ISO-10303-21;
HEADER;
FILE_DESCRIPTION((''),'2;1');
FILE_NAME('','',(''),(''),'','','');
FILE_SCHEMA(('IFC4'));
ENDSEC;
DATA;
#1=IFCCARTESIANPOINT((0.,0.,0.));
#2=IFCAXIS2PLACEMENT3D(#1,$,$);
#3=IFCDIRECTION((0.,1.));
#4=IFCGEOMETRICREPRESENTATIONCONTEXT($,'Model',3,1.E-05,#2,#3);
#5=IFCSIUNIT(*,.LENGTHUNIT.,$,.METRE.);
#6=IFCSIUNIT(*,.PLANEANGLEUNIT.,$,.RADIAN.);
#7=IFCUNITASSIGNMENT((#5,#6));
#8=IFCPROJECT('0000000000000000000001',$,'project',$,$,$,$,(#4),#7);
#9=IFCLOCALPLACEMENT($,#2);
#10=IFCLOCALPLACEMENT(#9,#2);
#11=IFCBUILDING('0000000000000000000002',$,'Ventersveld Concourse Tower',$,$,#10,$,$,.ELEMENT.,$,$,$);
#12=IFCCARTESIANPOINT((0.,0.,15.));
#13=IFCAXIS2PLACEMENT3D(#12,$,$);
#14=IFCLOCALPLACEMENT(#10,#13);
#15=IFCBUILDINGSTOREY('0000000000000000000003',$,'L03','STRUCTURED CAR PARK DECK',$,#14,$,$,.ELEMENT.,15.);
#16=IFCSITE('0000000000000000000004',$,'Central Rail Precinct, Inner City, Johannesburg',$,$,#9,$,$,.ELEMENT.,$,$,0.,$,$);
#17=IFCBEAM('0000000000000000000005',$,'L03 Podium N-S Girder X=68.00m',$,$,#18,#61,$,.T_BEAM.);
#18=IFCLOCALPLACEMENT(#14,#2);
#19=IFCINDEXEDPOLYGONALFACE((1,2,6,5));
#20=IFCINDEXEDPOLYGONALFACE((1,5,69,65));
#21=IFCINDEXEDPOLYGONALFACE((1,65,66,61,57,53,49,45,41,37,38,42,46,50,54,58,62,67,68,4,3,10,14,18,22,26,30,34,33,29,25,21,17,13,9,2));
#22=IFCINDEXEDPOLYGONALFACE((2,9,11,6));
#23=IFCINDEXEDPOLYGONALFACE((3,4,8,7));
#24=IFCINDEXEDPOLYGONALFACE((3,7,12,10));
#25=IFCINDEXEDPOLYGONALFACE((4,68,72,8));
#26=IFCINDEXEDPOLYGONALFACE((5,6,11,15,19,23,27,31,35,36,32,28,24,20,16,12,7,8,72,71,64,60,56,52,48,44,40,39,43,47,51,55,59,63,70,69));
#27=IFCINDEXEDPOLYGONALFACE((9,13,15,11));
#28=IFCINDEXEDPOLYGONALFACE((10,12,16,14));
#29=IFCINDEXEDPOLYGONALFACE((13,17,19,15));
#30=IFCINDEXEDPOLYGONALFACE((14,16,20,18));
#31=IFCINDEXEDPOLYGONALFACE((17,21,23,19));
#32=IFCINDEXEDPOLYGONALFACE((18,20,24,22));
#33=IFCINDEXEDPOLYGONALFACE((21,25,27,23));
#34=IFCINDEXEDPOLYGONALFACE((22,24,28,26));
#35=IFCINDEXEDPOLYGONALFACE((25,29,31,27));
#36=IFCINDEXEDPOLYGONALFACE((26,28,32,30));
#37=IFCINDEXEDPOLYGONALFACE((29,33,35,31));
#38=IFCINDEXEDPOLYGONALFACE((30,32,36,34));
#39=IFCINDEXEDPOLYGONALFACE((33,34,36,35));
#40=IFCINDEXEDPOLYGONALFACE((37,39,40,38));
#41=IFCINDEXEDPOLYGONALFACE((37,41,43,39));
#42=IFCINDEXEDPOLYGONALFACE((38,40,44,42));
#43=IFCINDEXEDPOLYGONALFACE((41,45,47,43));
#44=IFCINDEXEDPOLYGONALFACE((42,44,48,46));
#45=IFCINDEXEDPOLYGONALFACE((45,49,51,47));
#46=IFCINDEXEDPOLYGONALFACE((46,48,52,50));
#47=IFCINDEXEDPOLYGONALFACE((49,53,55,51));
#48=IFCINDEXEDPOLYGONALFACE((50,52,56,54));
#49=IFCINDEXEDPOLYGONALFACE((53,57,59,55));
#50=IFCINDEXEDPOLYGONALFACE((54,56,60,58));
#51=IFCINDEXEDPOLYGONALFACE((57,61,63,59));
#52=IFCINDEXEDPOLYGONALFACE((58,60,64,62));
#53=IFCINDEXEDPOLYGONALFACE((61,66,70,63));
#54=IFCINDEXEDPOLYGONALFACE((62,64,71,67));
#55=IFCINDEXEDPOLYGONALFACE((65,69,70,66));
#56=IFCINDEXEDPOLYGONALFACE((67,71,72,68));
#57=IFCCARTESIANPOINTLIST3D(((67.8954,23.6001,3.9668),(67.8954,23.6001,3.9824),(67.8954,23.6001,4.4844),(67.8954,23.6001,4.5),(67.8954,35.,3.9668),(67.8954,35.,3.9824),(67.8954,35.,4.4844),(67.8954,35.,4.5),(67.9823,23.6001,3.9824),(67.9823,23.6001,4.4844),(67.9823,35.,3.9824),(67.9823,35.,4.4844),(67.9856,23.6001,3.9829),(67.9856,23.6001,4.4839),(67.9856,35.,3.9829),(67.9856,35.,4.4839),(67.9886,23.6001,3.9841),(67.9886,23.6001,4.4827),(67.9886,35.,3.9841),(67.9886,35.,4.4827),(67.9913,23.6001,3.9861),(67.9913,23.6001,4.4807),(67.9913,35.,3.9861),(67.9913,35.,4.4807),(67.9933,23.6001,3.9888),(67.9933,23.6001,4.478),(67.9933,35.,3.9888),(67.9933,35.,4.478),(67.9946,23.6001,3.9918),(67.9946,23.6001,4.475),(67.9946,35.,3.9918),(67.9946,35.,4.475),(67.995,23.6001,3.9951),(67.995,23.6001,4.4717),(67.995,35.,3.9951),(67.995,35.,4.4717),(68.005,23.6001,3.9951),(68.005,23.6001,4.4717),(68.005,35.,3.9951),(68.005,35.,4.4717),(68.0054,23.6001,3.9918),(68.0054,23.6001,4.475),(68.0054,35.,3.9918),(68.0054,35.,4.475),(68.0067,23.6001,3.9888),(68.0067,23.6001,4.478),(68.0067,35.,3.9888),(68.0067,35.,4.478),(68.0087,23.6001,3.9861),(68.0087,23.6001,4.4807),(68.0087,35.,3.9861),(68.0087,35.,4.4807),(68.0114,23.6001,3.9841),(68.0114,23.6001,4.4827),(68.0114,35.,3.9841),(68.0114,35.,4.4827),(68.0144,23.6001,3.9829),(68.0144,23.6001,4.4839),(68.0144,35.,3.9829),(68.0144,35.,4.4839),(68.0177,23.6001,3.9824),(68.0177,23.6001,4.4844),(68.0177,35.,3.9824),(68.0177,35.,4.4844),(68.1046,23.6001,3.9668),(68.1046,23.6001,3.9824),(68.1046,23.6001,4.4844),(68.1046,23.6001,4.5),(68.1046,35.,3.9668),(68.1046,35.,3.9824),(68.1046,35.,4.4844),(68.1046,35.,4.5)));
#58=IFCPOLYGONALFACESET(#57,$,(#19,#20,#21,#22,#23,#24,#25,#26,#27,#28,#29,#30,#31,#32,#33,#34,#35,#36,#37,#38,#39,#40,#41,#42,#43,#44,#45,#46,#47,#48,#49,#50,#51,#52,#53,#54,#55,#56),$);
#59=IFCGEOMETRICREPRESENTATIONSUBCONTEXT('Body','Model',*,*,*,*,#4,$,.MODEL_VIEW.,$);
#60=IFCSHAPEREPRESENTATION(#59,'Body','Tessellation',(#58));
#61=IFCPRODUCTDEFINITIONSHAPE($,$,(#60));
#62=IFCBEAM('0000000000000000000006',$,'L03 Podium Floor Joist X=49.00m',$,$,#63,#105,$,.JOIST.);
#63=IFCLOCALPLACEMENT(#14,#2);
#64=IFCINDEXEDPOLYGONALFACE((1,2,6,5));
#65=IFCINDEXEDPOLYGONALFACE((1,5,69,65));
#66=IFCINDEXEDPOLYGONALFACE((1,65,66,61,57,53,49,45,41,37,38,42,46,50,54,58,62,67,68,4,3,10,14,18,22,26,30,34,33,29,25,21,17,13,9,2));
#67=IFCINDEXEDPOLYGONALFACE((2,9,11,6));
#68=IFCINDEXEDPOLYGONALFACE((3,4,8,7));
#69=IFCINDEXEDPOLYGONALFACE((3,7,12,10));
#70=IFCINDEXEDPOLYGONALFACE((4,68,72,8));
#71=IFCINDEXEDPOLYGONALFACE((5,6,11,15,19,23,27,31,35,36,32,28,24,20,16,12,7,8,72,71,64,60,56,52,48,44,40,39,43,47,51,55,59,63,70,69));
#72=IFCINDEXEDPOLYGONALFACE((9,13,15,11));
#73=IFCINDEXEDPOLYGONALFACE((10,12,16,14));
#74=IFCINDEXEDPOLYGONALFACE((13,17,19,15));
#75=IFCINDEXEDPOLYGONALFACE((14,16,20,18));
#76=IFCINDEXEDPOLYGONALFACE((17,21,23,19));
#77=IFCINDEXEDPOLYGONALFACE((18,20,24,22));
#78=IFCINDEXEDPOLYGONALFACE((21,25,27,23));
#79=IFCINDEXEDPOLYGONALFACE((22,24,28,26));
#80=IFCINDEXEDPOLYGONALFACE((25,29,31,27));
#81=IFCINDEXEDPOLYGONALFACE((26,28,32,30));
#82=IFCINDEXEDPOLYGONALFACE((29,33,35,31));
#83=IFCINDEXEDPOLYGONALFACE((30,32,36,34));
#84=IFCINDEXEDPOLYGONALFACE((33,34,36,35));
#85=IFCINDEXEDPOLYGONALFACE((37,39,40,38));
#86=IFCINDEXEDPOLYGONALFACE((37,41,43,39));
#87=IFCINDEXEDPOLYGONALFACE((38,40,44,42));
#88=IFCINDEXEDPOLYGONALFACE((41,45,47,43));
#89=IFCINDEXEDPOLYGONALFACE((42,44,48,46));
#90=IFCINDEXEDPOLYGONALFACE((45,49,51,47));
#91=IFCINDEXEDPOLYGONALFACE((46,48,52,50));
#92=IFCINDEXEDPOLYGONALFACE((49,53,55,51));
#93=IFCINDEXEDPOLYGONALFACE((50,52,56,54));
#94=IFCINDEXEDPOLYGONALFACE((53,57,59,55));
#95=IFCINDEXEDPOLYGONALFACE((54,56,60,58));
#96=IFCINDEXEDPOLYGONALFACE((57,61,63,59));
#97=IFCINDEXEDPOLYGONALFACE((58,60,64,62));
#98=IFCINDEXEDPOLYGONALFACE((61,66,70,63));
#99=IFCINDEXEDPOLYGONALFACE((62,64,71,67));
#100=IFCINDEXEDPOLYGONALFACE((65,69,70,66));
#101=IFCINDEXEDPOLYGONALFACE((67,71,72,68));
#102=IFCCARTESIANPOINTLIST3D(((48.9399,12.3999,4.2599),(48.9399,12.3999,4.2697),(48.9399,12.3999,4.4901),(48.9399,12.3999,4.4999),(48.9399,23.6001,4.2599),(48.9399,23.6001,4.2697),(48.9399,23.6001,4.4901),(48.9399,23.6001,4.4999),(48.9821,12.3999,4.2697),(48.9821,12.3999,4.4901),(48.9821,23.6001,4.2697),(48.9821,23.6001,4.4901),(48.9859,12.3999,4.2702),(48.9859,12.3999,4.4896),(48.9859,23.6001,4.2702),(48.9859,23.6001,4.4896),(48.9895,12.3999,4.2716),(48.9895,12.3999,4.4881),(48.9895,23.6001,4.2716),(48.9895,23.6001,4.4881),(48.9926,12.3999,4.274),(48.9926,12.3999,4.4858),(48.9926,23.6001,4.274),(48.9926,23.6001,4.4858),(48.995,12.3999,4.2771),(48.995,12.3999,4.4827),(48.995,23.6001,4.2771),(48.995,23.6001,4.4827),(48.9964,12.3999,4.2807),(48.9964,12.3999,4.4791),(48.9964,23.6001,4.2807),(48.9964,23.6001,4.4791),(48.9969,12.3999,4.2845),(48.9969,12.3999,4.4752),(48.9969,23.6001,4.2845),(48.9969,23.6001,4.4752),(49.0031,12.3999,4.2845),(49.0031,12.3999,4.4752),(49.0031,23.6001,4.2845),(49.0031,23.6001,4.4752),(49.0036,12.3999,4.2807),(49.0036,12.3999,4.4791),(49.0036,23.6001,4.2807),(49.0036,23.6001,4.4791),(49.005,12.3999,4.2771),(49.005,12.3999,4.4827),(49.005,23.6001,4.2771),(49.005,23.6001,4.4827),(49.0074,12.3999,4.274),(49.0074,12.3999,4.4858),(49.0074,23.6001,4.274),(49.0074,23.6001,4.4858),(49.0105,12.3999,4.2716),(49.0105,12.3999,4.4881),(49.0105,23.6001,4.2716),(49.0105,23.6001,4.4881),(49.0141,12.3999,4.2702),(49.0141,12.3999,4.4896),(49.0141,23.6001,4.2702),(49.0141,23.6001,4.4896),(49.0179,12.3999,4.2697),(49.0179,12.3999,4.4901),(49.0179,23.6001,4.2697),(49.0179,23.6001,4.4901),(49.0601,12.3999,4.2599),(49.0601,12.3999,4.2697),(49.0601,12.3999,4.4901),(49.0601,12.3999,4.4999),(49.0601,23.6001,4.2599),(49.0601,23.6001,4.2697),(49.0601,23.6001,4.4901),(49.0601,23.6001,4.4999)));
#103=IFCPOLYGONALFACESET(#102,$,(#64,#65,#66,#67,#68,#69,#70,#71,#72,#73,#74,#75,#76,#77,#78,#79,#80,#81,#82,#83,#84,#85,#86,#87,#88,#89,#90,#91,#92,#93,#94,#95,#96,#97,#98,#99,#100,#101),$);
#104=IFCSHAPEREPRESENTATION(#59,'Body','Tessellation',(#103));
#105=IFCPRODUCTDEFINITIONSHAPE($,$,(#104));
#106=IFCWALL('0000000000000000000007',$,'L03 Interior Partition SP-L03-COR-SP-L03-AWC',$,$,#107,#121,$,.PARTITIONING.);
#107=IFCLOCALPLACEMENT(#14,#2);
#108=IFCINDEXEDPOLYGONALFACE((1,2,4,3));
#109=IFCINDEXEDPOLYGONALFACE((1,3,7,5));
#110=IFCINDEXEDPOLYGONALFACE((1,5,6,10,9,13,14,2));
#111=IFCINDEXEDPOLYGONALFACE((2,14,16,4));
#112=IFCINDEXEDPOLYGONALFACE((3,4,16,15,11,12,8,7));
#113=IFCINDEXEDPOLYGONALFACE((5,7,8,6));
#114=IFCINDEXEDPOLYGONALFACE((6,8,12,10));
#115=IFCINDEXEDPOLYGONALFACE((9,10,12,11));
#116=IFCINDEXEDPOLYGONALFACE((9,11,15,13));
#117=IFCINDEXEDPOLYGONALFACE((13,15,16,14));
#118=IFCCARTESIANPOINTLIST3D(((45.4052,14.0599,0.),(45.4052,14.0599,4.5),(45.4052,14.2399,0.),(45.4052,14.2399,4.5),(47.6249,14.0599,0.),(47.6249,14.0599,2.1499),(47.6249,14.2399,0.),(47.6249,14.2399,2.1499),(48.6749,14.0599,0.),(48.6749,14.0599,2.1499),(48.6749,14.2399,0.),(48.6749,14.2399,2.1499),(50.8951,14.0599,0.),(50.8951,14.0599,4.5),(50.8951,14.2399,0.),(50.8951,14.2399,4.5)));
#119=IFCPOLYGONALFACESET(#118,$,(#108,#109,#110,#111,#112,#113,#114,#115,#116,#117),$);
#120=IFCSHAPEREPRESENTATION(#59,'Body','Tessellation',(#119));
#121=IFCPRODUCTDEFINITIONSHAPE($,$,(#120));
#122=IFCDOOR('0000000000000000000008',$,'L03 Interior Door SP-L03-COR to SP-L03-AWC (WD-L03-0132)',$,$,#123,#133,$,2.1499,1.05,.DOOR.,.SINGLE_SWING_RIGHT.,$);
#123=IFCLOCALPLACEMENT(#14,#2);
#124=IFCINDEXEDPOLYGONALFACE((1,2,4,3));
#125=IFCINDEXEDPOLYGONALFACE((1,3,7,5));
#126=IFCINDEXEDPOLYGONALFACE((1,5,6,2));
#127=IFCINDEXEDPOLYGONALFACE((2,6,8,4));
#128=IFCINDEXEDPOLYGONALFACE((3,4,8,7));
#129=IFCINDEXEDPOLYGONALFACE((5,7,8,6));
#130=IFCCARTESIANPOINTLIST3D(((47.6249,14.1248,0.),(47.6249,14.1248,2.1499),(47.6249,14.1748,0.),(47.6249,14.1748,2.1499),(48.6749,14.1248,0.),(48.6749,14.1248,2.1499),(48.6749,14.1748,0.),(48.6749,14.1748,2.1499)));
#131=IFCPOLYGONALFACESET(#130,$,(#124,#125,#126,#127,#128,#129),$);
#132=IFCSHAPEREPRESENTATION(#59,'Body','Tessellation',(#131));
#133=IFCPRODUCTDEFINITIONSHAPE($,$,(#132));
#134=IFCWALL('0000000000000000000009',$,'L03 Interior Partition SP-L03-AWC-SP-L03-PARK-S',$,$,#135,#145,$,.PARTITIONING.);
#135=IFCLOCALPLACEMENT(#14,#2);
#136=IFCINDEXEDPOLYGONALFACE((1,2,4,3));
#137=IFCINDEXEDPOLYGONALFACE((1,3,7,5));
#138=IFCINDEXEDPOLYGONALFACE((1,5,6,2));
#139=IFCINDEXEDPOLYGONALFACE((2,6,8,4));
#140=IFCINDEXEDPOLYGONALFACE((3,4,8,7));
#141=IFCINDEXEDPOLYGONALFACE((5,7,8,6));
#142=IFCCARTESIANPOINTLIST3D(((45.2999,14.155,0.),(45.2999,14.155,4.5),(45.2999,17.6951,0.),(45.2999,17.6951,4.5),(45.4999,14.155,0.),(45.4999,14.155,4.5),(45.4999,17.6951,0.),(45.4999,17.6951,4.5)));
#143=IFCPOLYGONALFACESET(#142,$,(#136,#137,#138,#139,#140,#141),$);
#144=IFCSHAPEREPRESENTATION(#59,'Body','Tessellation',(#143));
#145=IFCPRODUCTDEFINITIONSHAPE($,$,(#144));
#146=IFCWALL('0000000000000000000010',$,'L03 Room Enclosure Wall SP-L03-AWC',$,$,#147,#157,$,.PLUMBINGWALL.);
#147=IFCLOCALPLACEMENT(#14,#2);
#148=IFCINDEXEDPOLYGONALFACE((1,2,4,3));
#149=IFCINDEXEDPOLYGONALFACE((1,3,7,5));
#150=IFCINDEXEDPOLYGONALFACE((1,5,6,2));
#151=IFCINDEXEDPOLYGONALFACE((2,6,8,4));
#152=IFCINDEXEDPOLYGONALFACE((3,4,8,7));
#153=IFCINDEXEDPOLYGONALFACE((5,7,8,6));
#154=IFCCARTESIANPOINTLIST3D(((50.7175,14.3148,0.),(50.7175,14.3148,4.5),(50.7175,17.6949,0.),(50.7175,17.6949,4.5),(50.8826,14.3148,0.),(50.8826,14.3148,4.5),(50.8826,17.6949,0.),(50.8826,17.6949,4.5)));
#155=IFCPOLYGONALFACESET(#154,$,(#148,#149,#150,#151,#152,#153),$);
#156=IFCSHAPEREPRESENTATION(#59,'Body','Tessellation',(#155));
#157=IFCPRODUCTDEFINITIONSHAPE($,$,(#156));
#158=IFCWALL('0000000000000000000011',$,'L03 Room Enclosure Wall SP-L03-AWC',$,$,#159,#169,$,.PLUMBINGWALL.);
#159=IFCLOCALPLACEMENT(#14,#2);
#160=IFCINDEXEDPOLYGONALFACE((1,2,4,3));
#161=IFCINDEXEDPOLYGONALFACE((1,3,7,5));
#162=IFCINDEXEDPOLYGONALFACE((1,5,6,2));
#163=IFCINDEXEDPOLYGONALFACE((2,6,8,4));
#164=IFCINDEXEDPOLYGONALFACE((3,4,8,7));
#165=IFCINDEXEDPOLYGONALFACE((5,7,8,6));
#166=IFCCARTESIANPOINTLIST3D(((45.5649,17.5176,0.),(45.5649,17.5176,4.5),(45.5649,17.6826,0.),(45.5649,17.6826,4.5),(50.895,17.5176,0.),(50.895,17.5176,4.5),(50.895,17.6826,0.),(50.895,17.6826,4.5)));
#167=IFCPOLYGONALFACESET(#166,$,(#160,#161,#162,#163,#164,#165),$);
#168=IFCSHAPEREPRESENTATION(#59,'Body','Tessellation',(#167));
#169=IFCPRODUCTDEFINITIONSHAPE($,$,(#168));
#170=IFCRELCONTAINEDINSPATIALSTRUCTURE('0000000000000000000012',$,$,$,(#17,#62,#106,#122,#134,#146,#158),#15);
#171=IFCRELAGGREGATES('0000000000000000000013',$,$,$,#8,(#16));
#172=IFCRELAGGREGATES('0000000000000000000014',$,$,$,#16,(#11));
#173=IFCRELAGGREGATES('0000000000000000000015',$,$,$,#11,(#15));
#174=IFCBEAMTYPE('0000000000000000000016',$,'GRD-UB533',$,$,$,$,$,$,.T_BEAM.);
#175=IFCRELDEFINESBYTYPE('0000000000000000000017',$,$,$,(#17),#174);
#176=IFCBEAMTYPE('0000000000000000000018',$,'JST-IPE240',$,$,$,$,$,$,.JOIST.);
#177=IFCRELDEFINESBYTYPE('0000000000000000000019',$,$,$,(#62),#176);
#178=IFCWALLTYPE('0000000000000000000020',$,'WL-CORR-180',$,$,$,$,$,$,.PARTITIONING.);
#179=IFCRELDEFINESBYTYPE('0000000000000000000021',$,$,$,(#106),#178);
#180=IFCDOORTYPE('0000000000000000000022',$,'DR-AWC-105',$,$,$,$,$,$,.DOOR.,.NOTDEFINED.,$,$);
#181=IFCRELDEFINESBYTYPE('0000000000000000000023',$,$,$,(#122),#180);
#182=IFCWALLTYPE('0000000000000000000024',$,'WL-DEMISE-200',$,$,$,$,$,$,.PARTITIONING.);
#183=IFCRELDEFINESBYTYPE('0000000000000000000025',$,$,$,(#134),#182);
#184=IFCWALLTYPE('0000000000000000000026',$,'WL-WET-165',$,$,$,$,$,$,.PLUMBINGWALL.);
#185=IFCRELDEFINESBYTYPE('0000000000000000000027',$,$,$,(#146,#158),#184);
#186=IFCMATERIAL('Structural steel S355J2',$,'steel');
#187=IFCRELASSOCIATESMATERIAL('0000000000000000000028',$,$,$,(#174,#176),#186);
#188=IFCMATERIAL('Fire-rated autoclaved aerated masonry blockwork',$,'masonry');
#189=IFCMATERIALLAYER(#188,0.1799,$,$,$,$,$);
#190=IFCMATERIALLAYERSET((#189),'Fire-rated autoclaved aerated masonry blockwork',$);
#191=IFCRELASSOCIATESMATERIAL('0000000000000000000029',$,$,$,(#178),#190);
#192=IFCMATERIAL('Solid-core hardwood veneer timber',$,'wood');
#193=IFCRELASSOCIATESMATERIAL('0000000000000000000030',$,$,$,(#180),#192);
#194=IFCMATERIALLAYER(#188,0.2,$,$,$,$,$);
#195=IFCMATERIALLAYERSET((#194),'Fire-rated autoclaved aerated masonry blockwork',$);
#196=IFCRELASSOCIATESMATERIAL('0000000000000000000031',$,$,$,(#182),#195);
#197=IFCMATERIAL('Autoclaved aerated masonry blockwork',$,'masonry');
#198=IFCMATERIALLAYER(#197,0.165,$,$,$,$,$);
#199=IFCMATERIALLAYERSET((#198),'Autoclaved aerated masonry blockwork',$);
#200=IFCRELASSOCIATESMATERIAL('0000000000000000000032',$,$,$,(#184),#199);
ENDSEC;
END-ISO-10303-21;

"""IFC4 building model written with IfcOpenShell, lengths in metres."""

from ifc_helpers import new_model, si_unit, direction, frame, frame_2d, origin, origin_2d, place, context, subcontext, project, spatial, rectangle, i_section, extrude, material, layer, layer_set, material_profile, profile_set, type_object, element, fill, save


model = new_model("IFC4")

# Units and contexts
model_context = context("Model", 3, precision=1e-05, world=origin(), true_north=direction((0.0, 1.0)))
body_context = subcontext(model_context, "Body", "Model", "MODEL_VIEW")
ifc_project = project(units=[si_unit("LENGTHUNIT", "METRE"), si_unit("PLANEANGLEUNIT", "RADIAN")], contexts=[model_context])

# Site, building, storey
site_placement = place(None, origin())
site = spatial("IfcSite", under=ifc_project, at=site_placement, Name="Central Rail Precinct, Inner City, Johannesburg", CompositionType="ELEMENT", RefElevation=0.0)
building_placement = place(site_placement, origin())
building = spatial("IfcBuilding", under=site, at=building_placement, Name="Ventersveld Concourse Tower", CompositionType="ELEMENT")
storey_placement = place(building_placement, frame((0.0, 0.0, 15.0)))
storey = spatial("IfcBuildingStorey", under=building, at=storey_placement, Name="L03", Description="STRUCTURED CAR PARK DECK", CompositionType="ELEMENT", Elevation=15.0)

# Beams
ifc_material_1 = material(Name="Structural steel S355J2", Category="steel")
ifc_material_profile_1 = material_profile(ifc_material_1, i_section(OverallWidth=0.2092, OverallDepth=0.5332, WebThickness=0.01, FlangeThickness=0.0156, FilletRadius=0.0127, at=origin_2d()), Name="UB 533x210x92")
ifc_profile_set_1 = profile_set([ifc_material_profile_1], Name="Structural steel S355J2")
beam_type_1 = type_object("IfcBeamType", Name="GRD-UB533", PredefinedType="T_BEAM", material=ifc_profile_set_1)
beam_1_placement = place(storey_placement, frame((68.0, 23.6001, 4.2334), z_axis=(0.0, 1.0, 0.0), x_axis=(-1.0, 0.0, 0.0)))
element("IfcBeam", 1, at=beam_1_placement, inside=storey, type_object=beam_type_1, Name="L03 Podium N-S Girder X=68.00m", PredefinedType="T_BEAM", context=body_context, shape_type="SweptSolid", body=[
    extrude(i_section(OverallWidth=0.2092, OverallDepth=0.5332, WebThickness=0.01, FlangeThickness=0.0156, FilletRadius=0.0127, at=origin_2d()), origin(), (0.0, 0.0, 1.0), 11.3999),
])
ifc_material_profile_2 = material_profile(ifc_material_1, i_section(OverallWidth=0.1201, OverallDepth=0.24, WebThickness=0.0061, FlangeThickness=0.0098, FilletRadius=0.0149, at=origin_2d()), Name="IPE 240")
ifc_profile_set_2 = profile_set([ifc_material_profile_2], Name="Structural steel S355J2")
beam_type_2 = type_object("IfcBeamType", Name="JST-IPE240", PredefinedType="JOIST", material=ifc_profile_set_2)
beam_2_placement = place(storey_placement, frame((49.0, 12.3999, 4.3799), z_axis=(0.0, 1.0, 0.0), x_axis=(-1.0, 0.0, 0.0)))
element("IfcBeam", 2, at=beam_2_placement, inside=storey, type_object=beam_type_2, Name="L03 Podium Floor Joist X=49.00m", PredefinedType="JOIST", context=body_context, shape_type="SweptSolid", body=[
    extrude(i_section(OverallWidth=0.1201, OverallDepth=0.24, WebThickness=0.0061, FlangeThickness=0.0098, FilletRadius=0.0149, at=origin_2d()), origin(), (0.0, 0.0, 1.0), 11.2002),
])

# Wall, opening, door
ifc_material_2 = material(Name="Fire-rated autoclaved aerated masonry blockwork", Category="masonry")
ifc_layer_1 = layer(ifc_material_2, 0.1799)
ifc_layer_set_1 = layer_set([ifc_layer_1], Name="Fire-rated autoclaved aerated masonry blockwork")
wall_type_1 = type_object("IfcWallType", Name="WL-CORR-180", PredefinedType="PARTITIONING", material=ifc_layer_set_1)
wall_1_placement = place(storey_placement, frame((45.405, 14.1499, 0.0), z_axis=(0.0, 0.0, 1.0), x_axis=(1.0, 0.0, 0.0)))
wall_1 = element("IfcWall", 3, at=wall_1_placement, inside=storey, type_object=wall_type_1, Name="L03 Interior Partition SP-L03-COR-SP-L03-AWC", PredefinedType="PARTITIONING", context=body_context, shape_type="SweptSolid", body=[
    extrude(rectangle(XDim=5.49, YDim=0.1799, at=frame_2d((2.7451, 0.0))), origin(), (0.0, 0.0, 1.0), 4.5),
])
opening_placement = place(wall_1_placement, frame((2.22, 0.0, 0.0)))
opening = element("IfcOpeningElement", 4, at=opening_placement, cuts=wall_1, PredefinedType="OPENING", context=body_context, shape_type="SweptSolid", body=[
    extrude(rectangle(XDim=1.05, YDim=2.1499, at=frame_2d((0.5249, 1.075))), frame((0.0, 0.1001, 0.0), z_axis=(0.0, -1.0, 0.0), x_axis=(1.0, 0.0, 0.0)), (0.0, 0.0, 1.0), 0.2),
])
ifc_material_3 = material(Name="Solid-core hardwood veneer timber", Category="wood")
door_type = type_object("IfcDoorType", Name="DR-AWC-105", OperationType="NOTDEFINED", PredefinedType="DOOR", material=ifc_material_3)
door_placement = place(opening_placement, origin())
door = element("IfcDoor", 5, at=door_placement, inside=storey, type_object=door_type, Name="L03 Interior Door SP-L03-COR to SP-L03-AWC (WD-L03-0132)", OperationType="SINGLE_SWING_RIGHT", OverallHeight=2.1499, OverallWidth=1.05, PredefinedType="DOOR", context=body_context, shape_type="SweptSolid", body=[
    extrude(rectangle(XDim=1.05, YDim=2.1499, at=frame_2d((0.5249, 1.075))), frame((0.0, 0.0249, 0.0), z_axis=(0.0, -1.0, 0.0), x_axis=(1.0, 0.0, 0.0)), (0.0, 0.0, 1.0), 0.05),
])
fill(opening, door)

# Walls
ifc_layer_2 = layer(ifc_material_2, 0.2)
ifc_layer_set_2 = layer_set([ifc_layer_2], Name="Fire-rated autoclaved aerated masonry blockwork")
wall_type_2 = type_object("IfcWallType", Name="WL-DEMISE-200", PredefinedType="PARTITIONING", material=ifc_layer_set_2)
wall_2_placement = place(storey_placement, frame((45.3999, 14.155, 0.0), z_axis=(0.0, 0.0, 1.0), x_axis=(0.0, 1.0, 0.0)))
element("IfcWall", 6, at=wall_2_placement, inside=storey, type_object=wall_type_2, Name="L03 Interior Partition SP-L03-AWC-SP-L03-PARK-S", PredefinedType="PARTITIONING", context=body_context, shape_type="SweptSolid", body=[
    extrude(rectangle(XDim=3.54, YDim=0.2, at=frame_2d((1.77, 0.0))), origin(), (0.0, 0.0, 1.0), 4.5),
])
ifc_material_4 = material(Name="Autoclaved aerated masonry blockwork", Category="masonry")
ifc_layer_3 = layer(ifc_material_4, 0.165)
ifc_layer_set_3 = layer_set([ifc_layer_3], Name="Autoclaved aerated masonry blockwork")
wall_type_3 = type_object("IfcWallType", Name="WL-WET-165", PredefinedType="PLUMBINGWALL", material=ifc_layer_set_3)
wall_3_placement = place(storey_placement, frame((50.8, 14.3149, 0.0), z_axis=(0.0, 0.0, 1.0), x_axis=(0.0, 1.0, 0.0)))
element("IfcWall", 7, at=wall_3_placement, inside=storey, type_object=wall_type_3, Name="L03 Room Enclosure Wall SP-L03-AWC", PredefinedType="PLUMBINGWALL", context=body_context, shape_type="SweptSolid", body=[
    extrude(rectangle(XDim=3.3801, YDim=0.165, at=frame_2d((1.6899, 0.0))), origin(), (0.0, 0.0, 1.0), 4.5),
])
wall_4_placement = place(storey_placement, frame((50.895, 17.6001, 0.0), z_axis=(0.0, 0.0, 1.0), x_axis=(-1.0, 0.0, 0.0)))
element("IfcWall", 8, at=wall_4_placement, inside=storey, type_object=wall_type_3, Name="L03 Room Enclosure Wall SP-L03-AWC", PredefinedType="PLUMBINGWALL", context=body_context, shape_type="SweptSolid", body=[
    extrude(rectangle(XDim=5.3301, YDim=0.165, at=frame_2d((2.665, 0.0))), origin(), (0.0, 0.0, 1.0), 4.5),
])

save(model, "model.ifc")
